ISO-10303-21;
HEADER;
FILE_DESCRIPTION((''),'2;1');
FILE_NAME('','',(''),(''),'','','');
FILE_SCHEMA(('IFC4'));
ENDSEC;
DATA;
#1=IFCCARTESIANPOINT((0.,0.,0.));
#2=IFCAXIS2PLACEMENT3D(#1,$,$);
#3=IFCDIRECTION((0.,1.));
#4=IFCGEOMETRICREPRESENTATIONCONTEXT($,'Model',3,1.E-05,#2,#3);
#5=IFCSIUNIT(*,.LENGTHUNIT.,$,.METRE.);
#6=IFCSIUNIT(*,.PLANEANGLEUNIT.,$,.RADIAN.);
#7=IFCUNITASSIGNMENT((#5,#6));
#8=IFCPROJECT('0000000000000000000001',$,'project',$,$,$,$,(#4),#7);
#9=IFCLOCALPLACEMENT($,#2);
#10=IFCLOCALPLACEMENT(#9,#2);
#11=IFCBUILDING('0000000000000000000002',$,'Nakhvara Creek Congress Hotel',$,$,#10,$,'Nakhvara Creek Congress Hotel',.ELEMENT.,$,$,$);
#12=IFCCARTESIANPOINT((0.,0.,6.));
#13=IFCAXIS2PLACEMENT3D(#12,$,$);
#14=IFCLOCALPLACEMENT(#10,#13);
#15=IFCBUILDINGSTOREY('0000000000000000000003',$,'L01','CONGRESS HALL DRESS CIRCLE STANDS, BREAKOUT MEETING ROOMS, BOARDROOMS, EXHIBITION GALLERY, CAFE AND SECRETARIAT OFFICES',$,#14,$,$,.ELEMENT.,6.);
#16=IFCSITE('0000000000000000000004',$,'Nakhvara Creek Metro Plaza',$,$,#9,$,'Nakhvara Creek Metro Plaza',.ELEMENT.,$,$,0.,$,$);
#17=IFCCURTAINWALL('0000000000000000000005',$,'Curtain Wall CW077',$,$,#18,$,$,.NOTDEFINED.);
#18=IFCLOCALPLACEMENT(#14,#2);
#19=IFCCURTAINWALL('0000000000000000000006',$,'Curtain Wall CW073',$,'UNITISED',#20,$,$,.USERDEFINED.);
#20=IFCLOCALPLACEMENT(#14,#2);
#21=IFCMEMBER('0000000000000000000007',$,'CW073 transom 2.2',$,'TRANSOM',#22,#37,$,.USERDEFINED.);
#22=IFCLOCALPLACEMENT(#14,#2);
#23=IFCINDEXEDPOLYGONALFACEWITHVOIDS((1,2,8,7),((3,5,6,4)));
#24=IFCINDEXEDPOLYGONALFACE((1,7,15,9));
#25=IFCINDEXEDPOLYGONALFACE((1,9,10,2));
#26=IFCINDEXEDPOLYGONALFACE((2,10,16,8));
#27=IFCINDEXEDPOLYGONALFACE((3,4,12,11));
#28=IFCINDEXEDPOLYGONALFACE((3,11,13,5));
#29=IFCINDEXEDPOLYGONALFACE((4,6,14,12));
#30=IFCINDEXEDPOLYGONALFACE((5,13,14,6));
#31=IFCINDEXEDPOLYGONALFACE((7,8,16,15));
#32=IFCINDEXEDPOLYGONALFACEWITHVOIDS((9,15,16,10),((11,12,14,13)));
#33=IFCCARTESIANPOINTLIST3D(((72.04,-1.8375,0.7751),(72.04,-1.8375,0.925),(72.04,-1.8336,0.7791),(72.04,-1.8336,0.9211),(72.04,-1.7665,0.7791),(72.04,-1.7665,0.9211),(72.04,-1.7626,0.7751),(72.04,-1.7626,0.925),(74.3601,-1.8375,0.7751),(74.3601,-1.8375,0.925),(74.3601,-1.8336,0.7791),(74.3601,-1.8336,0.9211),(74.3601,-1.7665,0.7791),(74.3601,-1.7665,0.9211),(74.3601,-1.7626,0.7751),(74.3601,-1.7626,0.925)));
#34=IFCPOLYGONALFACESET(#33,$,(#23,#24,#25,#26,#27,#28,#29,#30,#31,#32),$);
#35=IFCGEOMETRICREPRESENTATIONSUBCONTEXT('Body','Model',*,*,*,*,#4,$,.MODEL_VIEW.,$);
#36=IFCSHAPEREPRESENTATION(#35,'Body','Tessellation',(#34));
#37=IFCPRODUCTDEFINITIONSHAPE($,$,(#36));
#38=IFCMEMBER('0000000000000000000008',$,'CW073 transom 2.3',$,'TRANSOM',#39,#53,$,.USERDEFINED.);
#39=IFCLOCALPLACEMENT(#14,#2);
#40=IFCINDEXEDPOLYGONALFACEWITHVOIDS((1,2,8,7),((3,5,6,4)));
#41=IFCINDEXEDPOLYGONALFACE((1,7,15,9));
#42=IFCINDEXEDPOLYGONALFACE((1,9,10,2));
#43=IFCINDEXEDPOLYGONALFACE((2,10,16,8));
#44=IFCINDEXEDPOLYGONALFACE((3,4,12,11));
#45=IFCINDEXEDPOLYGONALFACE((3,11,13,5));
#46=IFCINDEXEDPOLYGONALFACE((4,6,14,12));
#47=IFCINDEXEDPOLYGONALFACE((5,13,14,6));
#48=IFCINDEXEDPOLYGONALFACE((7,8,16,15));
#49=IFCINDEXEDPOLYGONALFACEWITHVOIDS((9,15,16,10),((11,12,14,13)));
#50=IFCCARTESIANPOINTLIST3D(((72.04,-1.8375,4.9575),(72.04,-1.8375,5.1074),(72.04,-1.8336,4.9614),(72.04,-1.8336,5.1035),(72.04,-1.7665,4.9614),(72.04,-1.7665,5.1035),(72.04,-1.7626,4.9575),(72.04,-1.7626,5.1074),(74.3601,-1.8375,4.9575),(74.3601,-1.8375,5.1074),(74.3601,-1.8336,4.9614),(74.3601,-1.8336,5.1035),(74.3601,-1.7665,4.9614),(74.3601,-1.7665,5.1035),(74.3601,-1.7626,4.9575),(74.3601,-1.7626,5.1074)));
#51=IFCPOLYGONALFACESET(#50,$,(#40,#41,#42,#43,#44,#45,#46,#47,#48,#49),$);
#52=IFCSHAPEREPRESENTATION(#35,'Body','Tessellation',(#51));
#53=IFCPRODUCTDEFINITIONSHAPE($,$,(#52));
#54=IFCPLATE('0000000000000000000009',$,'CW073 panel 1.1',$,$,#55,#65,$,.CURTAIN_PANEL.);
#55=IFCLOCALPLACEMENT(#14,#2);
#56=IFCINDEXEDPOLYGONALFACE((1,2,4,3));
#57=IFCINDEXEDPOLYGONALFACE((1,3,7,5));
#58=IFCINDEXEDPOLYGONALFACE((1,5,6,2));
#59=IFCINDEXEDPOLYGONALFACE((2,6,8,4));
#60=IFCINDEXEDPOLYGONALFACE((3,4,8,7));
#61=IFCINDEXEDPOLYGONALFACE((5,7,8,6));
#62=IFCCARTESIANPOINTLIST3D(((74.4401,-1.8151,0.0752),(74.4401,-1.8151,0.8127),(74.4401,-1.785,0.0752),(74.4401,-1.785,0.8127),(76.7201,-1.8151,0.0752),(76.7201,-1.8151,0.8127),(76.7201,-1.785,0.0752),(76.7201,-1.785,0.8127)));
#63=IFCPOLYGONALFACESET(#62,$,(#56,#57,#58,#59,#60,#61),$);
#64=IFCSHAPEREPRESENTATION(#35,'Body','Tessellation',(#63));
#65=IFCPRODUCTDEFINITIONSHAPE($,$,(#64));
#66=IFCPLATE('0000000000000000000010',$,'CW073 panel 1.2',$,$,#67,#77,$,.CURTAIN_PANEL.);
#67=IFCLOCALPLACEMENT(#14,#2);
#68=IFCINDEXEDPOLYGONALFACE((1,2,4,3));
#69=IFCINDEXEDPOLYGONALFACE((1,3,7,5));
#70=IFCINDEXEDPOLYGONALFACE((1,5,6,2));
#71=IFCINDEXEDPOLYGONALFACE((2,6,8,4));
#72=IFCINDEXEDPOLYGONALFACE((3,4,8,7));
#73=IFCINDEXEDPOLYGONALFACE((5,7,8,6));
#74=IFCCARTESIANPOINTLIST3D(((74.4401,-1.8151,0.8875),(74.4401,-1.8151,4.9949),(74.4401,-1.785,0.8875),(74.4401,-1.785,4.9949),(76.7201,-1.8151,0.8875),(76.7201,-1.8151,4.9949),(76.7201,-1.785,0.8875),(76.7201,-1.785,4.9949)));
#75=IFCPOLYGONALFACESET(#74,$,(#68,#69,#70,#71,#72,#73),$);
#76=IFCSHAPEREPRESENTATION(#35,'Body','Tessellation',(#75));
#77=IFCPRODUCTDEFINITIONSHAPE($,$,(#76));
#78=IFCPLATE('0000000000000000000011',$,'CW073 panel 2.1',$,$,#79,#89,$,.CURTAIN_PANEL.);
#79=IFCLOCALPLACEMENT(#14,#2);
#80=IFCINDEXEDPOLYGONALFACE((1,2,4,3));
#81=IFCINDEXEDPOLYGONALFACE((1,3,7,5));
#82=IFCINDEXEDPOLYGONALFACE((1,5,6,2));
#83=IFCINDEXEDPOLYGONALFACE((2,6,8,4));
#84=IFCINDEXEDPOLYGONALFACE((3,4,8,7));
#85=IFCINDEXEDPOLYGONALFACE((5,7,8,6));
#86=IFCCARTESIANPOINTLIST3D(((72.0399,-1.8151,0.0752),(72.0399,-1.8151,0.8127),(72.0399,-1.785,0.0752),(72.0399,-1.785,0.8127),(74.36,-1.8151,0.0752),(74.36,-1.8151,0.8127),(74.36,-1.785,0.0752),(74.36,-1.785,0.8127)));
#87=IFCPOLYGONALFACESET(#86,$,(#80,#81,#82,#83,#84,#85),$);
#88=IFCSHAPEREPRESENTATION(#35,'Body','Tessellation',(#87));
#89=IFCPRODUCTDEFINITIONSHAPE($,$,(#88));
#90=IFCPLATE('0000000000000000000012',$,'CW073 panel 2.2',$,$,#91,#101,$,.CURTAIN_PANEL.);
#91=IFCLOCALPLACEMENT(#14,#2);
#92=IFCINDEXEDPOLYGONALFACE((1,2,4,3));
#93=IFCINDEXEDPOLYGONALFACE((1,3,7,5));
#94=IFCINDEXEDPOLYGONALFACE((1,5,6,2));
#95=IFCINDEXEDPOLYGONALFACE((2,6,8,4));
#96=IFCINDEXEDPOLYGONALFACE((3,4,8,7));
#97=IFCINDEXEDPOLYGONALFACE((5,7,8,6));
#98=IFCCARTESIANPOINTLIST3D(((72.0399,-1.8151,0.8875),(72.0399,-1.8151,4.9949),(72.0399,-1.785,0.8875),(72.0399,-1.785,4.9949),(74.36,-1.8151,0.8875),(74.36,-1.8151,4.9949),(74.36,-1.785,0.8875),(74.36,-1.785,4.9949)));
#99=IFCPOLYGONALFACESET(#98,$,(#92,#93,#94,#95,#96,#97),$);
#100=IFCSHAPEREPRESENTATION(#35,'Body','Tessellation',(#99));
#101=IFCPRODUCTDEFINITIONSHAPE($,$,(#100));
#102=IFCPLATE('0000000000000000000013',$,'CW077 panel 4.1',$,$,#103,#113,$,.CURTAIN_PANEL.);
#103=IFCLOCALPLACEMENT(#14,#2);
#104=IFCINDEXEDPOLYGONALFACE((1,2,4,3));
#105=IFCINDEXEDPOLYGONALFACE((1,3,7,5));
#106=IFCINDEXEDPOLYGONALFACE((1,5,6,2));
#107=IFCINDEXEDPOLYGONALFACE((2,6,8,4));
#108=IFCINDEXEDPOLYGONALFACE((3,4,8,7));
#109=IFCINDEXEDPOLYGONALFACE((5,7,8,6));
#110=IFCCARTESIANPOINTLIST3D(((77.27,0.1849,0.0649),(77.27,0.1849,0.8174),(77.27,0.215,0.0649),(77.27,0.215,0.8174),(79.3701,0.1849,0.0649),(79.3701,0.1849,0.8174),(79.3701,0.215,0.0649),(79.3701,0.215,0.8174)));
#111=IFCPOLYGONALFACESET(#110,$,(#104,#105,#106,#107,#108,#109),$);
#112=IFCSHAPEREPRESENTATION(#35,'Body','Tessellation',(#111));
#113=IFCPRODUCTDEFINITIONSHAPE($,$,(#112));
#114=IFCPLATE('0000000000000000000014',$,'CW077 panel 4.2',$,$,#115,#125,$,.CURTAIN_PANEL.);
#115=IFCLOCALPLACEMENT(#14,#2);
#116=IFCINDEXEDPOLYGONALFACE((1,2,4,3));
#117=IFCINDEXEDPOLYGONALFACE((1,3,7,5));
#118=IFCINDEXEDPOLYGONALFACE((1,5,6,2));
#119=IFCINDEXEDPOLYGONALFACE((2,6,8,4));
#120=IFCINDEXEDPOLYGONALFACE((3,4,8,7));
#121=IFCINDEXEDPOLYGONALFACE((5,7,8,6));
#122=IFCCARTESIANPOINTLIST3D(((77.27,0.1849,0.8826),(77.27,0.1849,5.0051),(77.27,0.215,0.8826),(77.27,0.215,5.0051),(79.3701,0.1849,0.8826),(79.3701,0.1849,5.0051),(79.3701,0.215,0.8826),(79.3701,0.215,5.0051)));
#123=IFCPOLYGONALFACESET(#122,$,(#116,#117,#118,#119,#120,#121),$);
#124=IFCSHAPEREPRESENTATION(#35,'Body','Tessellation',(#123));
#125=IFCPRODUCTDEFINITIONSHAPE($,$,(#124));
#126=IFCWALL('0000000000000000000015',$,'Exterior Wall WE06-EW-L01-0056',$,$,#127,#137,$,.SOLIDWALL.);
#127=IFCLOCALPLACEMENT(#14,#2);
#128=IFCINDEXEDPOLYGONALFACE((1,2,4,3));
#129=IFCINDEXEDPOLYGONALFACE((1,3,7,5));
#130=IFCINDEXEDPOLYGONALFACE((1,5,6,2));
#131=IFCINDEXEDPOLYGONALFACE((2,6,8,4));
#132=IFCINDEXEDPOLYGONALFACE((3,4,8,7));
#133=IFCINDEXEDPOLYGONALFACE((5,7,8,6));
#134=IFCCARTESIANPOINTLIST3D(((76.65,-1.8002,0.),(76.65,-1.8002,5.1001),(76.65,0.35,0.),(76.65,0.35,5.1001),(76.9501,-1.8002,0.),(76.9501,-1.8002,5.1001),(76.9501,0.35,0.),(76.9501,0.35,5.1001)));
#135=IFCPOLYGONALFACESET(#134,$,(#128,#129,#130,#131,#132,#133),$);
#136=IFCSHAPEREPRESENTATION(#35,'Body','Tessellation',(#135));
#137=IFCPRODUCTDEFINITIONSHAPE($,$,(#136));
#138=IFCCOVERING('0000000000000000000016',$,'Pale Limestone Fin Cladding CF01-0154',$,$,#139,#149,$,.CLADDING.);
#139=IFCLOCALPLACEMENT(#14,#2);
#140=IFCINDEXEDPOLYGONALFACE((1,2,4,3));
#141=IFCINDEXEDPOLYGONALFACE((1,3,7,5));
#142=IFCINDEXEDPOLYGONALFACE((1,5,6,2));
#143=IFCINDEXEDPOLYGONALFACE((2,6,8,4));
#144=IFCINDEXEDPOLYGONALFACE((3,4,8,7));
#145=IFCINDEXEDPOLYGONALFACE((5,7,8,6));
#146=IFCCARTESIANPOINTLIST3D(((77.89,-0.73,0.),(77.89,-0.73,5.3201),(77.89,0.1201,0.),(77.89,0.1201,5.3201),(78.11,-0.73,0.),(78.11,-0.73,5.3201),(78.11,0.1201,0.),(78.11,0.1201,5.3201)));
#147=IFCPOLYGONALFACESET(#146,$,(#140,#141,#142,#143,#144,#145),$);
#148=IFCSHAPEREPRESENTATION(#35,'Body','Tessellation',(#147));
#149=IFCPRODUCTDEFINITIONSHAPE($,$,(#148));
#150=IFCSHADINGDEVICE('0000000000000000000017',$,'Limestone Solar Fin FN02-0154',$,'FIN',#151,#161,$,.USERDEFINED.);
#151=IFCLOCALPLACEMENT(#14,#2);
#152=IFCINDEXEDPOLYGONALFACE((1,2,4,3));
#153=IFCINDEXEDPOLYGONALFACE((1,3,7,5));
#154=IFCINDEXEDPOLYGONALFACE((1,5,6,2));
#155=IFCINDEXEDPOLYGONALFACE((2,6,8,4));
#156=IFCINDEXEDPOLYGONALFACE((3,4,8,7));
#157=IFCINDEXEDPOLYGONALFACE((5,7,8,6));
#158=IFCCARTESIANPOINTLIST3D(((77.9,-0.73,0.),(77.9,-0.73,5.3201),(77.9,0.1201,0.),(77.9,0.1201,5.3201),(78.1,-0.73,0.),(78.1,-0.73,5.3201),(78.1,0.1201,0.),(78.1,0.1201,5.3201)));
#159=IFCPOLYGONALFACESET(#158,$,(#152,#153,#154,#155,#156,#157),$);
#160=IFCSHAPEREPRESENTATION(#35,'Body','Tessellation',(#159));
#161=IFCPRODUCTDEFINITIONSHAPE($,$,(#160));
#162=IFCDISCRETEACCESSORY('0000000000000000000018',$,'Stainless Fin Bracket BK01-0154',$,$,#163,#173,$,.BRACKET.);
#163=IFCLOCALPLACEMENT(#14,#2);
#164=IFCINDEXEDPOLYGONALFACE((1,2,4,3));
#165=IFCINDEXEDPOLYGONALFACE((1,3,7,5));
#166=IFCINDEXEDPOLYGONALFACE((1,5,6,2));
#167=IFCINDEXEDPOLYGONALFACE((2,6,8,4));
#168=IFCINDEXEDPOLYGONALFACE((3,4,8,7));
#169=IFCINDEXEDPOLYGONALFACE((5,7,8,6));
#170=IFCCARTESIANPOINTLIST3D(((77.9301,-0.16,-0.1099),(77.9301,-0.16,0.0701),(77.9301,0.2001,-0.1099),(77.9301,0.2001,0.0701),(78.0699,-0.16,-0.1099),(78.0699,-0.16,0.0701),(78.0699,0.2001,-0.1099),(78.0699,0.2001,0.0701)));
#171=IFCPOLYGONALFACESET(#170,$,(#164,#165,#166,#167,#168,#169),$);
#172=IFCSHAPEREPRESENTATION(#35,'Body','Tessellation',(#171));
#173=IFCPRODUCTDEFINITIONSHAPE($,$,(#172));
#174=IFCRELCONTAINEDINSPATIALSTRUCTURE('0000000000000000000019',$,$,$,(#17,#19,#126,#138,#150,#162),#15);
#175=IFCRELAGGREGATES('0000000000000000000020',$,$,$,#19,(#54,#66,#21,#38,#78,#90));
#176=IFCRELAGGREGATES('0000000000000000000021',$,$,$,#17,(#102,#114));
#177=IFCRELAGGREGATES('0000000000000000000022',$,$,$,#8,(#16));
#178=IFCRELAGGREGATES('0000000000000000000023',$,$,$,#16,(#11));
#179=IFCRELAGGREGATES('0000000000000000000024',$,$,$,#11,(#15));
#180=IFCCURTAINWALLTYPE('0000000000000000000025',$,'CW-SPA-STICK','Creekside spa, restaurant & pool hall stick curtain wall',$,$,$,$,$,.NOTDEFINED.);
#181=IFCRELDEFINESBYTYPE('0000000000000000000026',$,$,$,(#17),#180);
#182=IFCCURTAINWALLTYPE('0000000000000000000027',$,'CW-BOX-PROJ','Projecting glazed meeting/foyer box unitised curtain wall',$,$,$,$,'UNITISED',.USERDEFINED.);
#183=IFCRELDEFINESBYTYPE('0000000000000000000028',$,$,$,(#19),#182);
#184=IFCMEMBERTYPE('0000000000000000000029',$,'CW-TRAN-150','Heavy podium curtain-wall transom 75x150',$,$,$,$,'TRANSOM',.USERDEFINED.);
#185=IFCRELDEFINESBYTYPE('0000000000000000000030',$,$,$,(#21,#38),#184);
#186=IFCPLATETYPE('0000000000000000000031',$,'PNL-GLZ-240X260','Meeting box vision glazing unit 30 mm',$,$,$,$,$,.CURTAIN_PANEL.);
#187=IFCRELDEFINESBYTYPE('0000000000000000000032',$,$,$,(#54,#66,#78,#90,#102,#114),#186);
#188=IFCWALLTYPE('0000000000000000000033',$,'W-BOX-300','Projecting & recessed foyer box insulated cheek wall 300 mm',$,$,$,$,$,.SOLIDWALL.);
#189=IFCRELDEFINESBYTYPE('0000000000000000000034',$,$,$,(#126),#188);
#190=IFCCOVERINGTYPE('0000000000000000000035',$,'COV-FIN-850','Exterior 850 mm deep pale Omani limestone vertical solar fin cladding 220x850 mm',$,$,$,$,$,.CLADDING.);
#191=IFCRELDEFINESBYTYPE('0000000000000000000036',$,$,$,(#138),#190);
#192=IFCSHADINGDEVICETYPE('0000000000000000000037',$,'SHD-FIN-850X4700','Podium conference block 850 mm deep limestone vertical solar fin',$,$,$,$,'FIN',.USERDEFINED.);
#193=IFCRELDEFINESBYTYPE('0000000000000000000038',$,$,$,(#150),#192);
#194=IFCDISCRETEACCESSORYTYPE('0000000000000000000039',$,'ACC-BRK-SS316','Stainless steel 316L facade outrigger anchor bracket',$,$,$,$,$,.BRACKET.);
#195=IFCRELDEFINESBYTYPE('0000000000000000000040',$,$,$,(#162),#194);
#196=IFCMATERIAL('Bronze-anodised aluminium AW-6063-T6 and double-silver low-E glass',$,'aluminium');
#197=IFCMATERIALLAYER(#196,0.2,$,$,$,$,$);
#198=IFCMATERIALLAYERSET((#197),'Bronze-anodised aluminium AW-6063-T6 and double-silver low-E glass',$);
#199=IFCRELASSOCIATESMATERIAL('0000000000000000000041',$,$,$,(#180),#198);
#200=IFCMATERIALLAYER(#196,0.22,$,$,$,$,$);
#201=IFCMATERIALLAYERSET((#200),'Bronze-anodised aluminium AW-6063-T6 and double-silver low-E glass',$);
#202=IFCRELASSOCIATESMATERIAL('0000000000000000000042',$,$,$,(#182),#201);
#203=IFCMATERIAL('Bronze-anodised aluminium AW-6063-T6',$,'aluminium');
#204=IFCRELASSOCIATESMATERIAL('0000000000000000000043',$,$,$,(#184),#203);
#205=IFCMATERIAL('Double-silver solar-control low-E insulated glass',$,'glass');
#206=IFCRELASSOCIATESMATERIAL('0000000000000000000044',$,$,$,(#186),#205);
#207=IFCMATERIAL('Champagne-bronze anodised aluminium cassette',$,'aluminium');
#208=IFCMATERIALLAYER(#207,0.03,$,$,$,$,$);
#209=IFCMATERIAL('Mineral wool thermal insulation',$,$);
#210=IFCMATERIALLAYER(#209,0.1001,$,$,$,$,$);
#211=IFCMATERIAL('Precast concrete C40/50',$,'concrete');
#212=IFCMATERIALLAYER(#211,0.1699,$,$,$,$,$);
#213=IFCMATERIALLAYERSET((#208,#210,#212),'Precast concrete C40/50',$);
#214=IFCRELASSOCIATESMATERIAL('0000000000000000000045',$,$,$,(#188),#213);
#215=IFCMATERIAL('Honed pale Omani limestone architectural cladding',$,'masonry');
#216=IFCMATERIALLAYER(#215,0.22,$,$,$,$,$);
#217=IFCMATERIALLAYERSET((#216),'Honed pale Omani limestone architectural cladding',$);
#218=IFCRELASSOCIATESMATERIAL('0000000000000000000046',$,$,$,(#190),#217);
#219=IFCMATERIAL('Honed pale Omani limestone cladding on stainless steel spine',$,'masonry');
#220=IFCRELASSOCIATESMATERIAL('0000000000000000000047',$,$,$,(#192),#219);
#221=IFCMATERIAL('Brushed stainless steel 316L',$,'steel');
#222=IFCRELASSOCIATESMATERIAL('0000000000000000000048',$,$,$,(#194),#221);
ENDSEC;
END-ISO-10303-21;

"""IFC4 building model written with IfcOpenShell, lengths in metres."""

from ifc_helpers import new_model, si_unit, direction, frame, frame_2d, origin, origin_2d, place, context, subcontext, project, spatial, rectangle, hollow_rectangle, extrude, material, layer, layer_set, material_profile, profile_set, type_object, element, aggregate, save


model = new_model("IFC4")

# Units and contexts
model_context = context("Model", 3, precision=1e-05, world=origin(), true_north=direction((0.0, 1.0)))
body_context = subcontext(model_context, "Body", "Model", "MODEL_VIEW")
ifc_project = project(units=[si_unit("LENGTHUNIT", "METRE"), si_unit("PLANEANGLEUNIT", "RADIAN")], contexts=[model_context])

# Site, building, storey
site_placement = place(None, origin())
site = spatial("IfcSite", under=ifc_project, at=site_placement, Name="Nakhvara Creek Metro Plaza", LongName="Nakhvara Creek Metro Plaza", CompositionType="ELEMENT", RefElevation=0.0)
building_placement = place(site_placement, origin())
building = spatial("IfcBuilding", under=site, at=building_placement, Name="Nakhvara Creek Congress Hotel", LongName="Nakhvara Creek Congress Hotel", CompositionType="ELEMENT")
storey_placement = place(building_placement, frame((0.0, 0.0, 6.0)))
storey = spatial("IfcBuildingStorey", under=building, at=storey_placement, Name="L01", Description="CONGRESS HALL DRESS CIRCLE STANDS, BREAKOUT MEETING ROOMS, BOARDROOMS, EXHIBITION GALLERY, CAFE AND SECRETARIAT OFFICES", CompositionType="ELEMENT", Elevation=6.0)

# Curtain wall
ifc_material_1 = material(Name="Bronze-anodised aluminium AW-6063-T6 and double-silver low-E glass", Category="aluminium")
ifc_layer_1 = layer(ifc_material_1, 0.2)
ifc_layer_set_1 = layer_set([ifc_layer_1], Name="Bronze-anodised aluminium AW-6063-T6 and double-silver low-E glass")
curtain_wall_type_1 = type_object("IfcCurtainWallType", Name="CW-SPA-STICK", Description="Creekside spa, restaurant & pool hall stick curtain wall", PredefinedType="NOTDEFINED", material=ifc_layer_set_1)
curtain_wall_1_placement = place(storey_placement, origin())
curtain_wall_1 = element("IfcCurtainWall", 1, at=curtain_wall_1_placement, inside=storey, type_object=curtain_wall_type_1, Name="Curtain Wall CW077", PredefinedType="NOTDEFINED")
ifc_material_2 = material(Name="Bronze-anodised aluminium AW-6063-T6", Category="aluminium")

# Curtain wall, members, plates
ifc_layer_2 = layer(ifc_material_1, 0.22)
ifc_layer_set_2 = layer_set([ifc_layer_2], Name="Bronze-anodised aluminium AW-6063-T6 and double-silver low-E glass")
curtain_wall_type_2 = type_object("IfcCurtainWallType", Name="CW-BOX-PROJ", Description="Projecting glazed meeting/foyer box unitised curtain wall", ElementType="UNITISED", PredefinedType="USERDEFINED", material=ifc_layer_set_2)
curtain_wall_2_placement = place(storey_placement, origin())
curtain_wall_2 = element("IfcCurtainWall", 2, at=curtain_wall_2_placement, inside=storey, type_object=curtain_wall_type_2, Name="Curtain Wall CW073", ObjectType="UNITISED", PredefinedType="USERDEFINED")
ifc_material_profile_1 = material_profile(ifc_material_2, hollow_rectangle(XDim=0.075, YDim=0.1499, WallThickness=0.0039, at=origin_2d()), Name="ALU-TRAN 75x150x4", Category="LoadBearing")
ifc_profile_set_1 = profile_set([ifc_material_profile_1], Name="Bronze-anodised aluminium AW-6063-T6")
member_type_1 = type_object("IfcMemberType", Name="CW-TRAN-150", Description="Heavy podium curtain-wall transom 75x150", ElementType="TRANSOM", PredefinedType="USERDEFINED", material=ifc_profile_set_1)
member_1_placement = place(storey_placement, frame((74.3601, -1.8, 0.8501), z_axis=(-1.0, 0.0, 0.0), x_axis=(0.0, -1.0, 0.0)))
member_1 = element("IfcMember", 3, at=member_1_placement, type_object=member_type_1, Name="CW073 transom 2.2", ObjectType="TRANSOM", PredefinedType="USERDEFINED", context=body_context, shape_type="SweptSolid", body=[
    extrude(hollow_rectangle(XDim=0.075, YDim=0.1499, WallThickness=0.0039, at=origin_2d()), origin(), (0.0, 0.0, 1.0), 2.3201),
])
member_2_placement = place(storey_placement, frame((74.3601, -1.8, 5.0325), z_axis=(-1.0, 0.0, 0.0), x_axis=(0.0, -1.0, 0.0)))
member_2 = element("IfcMember", 4, at=member_2_placement, type_object=member_type_1, Name="CW073 transom 2.3", ObjectType="TRANSOM", PredefinedType="USERDEFINED", context=body_context, shape_type="SweptSolid", body=[
    extrude(hollow_rectangle(XDim=0.075, YDim=0.1499, WallThickness=0.0039, at=origin_2d()), origin(), (0.0, 0.0, 1.0), 2.3201),
])
ifc_material_3 = material(Name="Double-silver solar-control low-E insulated glass", Category="glass")
plate_type = type_object("IfcPlateType", Name="PNL-GLZ-240X260", Description="Meeting box vision glazing unit 30 mm", PredefinedType="CURTAIN_PANEL", material=ifc_material_3)
plate_1_placement = place(storey_placement, frame((75.5801, -1.8, 0.0752), z_axis=(0.0, 0.0, 1.0), x_axis=(-1.0, 0.0, 0.0)))
plate_1 = element("IfcPlate", 5, at=plate_1_placement, type_object=plate_type, Name="CW073 panel 1.1", PredefinedType="CURTAIN_PANEL", context=body_context, shape_type="SweptSolid", body=[
    extrude(rectangle(XDim=2.28, YDim=0.03, at=origin_2d()), origin(), (0.0, 0.0, 1.0), 0.7375),
])
plate_2_placement = place(storey_placement, frame((75.5801, -1.8, 0.8875), z_axis=(0.0, 0.0, 1.0), x_axis=(-1.0, 0.0, 0.0)))
plate_2 = element("IfcPlate", 6, at=plate_2_placement, type_object=plate_type, Name="CW073 panel 1.2", PredefinedType="CURTAIN_PANEL", context=body_context, shape_type="SweptSolid", body=[
    extrude(rectangle(XDim=2.28, YDim=0.03, at=origin_2d()), origin(), (0.0, 0.0, 1.0), 4.1074),
])
plate_3_placement = place(storey_placement, frame((73.2, -1.8, 0.0752), z_axis=(0.0, 0.0, 1.0), x_axis=(-1.0, 0.0, 0.0)))
plate_3 = element("IfcPlate", 7, at=plate_3_placement, type_object=plate_type, Name="CW073 panel 2.1", PredefinedType="CURTAIN_PANEL", context=body_context, shape_type="SweptSolid", body=[
    extrude(rectangle(XDim=2.3201, YDim=0.03, at=origin_2d()), origin(), (0.0, 0.0, 1.0), 0.7375),
])
plate_4_placement = place(storey_placement, frame((73.2, -1.8, 0.8875), z_axis=(0.0, 0.0, 1.0), x_axis=(-1.0, 0.0, 0.0)))
plate_4 = element("IfcPlate", 8, at=plate_4_placement, type_object=plate_type, Name="CW073 panel 2.2", PredefinedType="CURTAIN_PANEL", context=body_context, shape_type="SweptSolid", body=[
    extrude(rectangle(XDim=2.3201, YDim=0.03, at=origin_2d()), origin(), (0.0, 0.0, 1.0), 4.1074),
])
aggregate(curtain_wall_2, [plate_1, plate_2, member_1, member_2, plate_3, plate_4])

# Plates
plate_5_placement = place(storey_placement, frame((78.3201, 0.2, 0.0649), z_axis=(0.0, 0.0, 1.0), x_axis=(-1.0, 0.0, 0.0)))
plate_5 = element("IfcPlate", 9, at=plate_5_placement, type_object=plate_type, Name="CW077 panel 4.1", PredefinedType="CURTAIN_PANEL", context=body_context, shape_type="SweptSolid", body=[
    extrude(rectangle(XDim=2.1001, YDim=0.03, at=origin_2d()), origin(), (0.0, 0.0, 1.0), 0.7524),
])
plate_6_placement = place(storey_placement, frame((78.3201, 0.2, 0.8826), z_axis=(0.0, 0.0, 1.0), x_axis=(-1.0, 0.0, 0.0)))
plate_6 = element("IfcPlate", 10, at=plate_6_placement, type_object=plate_type, Name="CW077 panel 4.2", PredefinedType="CURTAIN_PANEL", context=body_context, shape_type="SweptSolid", body=[
    extrude(rectangle(XDim=2.1001, YDim=0.03, at=origin_2d()), origin(), (0.0, 0.0, 1.0), 4.1226),
])
aggregate(curtain_wall_1, [plate_5, plate_6])

# Wall
ifc_material_4 = material(Name="Champagne-bronze anodised aluminium cassette", Category="aluminium")
ifc_layer_3 = layer(ifc_material_4, 0.03)
ifc_material_5 = material(Name="Mineral wool thermal insulation")
ifc_layer_4 = layer(ifc_material_5, 0.1001)
ifc_material_6 = material(Name="Precast concrete C40/50", Category="concrete")
ifc_layer_5 = layer(ifc_material_6, 0.1699)
ifc_layer_set_3 = layer_set([ifc_layer_3, ifc_layer_4, ifc_layer_5], Name="Precast concrete C40/50")
wall_type = type_object("IfcWallType", Name="W-BOX-300", Description="Projecting & recessed foyer box insulated cheek wall 300 mm", PredefinedType="SOLIDWALL", material=ifc_layer_set_3)
wall_placement = place(storey_placement, frame((76.8, 0.3501, 0.0), z_axis=(0.0, 0.0, 1.0), x_axis=(0.0, -1.0, 0.0)))
element("IfcWall", 11, at=wall_placement, inside=storey, type_object=wall_type, Name="Exterior Wall WE06-EW-L01-0056", PredefinedType="SOLIDWALL", context=body_context, shape_type="SweptSolid", body=[
    extrude(rectangle(XDim=2.1501, YDim=0.3, at=frame_2d((1.0752, 0.0))), origin(), (0.0, 0.0, 1.0), 5.1001),
])

# Covering
ifc_material_7 = material(Name="Honed pale Omani limestone architectural cladding", Category="masonry")
ifc_layer_6 = layer(ifc_material_7, 0.22)
ifc_layer_set_4 = layer_set([ifc_layer_6], Name="Honed pale Omani limestone architectural cladding")
covering_type = type_object("IfcCoveringType", Name="COV-FIN-850", Description="Exterior 850 mm deep pale Omani limestone vertical solar fin cladding 220x850 mm", PredefinedType="CLADDING", material=ifc_layer_set_4)
covering_placement = place(storey_placement, frame((78.0, -0.3049, 0.0), z_axis=(0.0, 0.0, 1.0), x_axis=(1.0, 0.0, 0.0)))
element("IfcCovering", 12, at=covering_placement, inside=storey, type_object=covering_type, Name="Pale Limestone Fin Cladding CF01-0154", PredefinedType="CLADDING", context=body_context, shape_type="SweptSolid", body=[
    extrude(rectangle(XDim=0.22, YDim=0.8501, at=origin_2d()), origin(), (0.0, 0.0, 1.0), 5.3201),
])

# Shared definitions
ifc_material_8 = material(Name="Brushed stainless steel 316L", Category="steel")

# Shading device
ifc_material_9 = material(Name="Honed pale Omani limestone cladding on stainless steel spine", Category="masonry")
shading_device_type = type_object("IfcShadingDeviceType", Name="SHD-FIN-850X4700", Description="Podium conference block 850 mm deep limestone vertical solar fin", ElementType="FIN", PredefinedType="USERDEFINED", material=ifc_material_9)
shading_device_placement = place(storey_placement, frame((78.0, -0.3049, 0.0), z_axis=(0.0, 0.0, 1.0), x_axis=(1.0, 0.0, 0.0)))
element("IfcShadingDevice", 13, at=shading_device_placement, inside=storey, type_object=shading_device_type, Name="Limestone Solar Fin FN02-0154", ObjectType="FIN", PredefinedType="USERDEFINED", context=body_context, shape_type="SweptSolid", body=[
    extrude(rectangle(XDim=0.2, YDim=0.8501, at=origin_2d()), origin(), (0.0, 0.0, 1.0), 5.3201),
])

# Discrete accessory
discrete_accessory_type = type_object("IfcDiscreteAccessoryType", Name="ACC-BRK-SS316", Description="Stainless steel 316L facade outrigger anchor bracket", PredefinedType="BRACKET", material=ifc_material_8)
discrete_accessory_placement = place(storey_placement, frame((78.0, 0.02, -0.1099), z_axis=(0.0, 0.0, 1.0), x_axis=(1.0, 0.0, 0.0)))
element("IfcDiscreteAccessory", 14, at=discrete_accessory_placement, inside=storey, type_object=discrete_accessory_type, Name="Stainless Fin Bracket BK01-0154", PredefinedType="BRACKET", context=body_context, shape_type="SweptSolid", body=[
    extrude(rectangle(XDim=0.1399, YDim=0.3601, at=origin_2d()), origin(), (0.0, 0.0, 1.0), 0.1799),
])

save(model, "model.ifc")
